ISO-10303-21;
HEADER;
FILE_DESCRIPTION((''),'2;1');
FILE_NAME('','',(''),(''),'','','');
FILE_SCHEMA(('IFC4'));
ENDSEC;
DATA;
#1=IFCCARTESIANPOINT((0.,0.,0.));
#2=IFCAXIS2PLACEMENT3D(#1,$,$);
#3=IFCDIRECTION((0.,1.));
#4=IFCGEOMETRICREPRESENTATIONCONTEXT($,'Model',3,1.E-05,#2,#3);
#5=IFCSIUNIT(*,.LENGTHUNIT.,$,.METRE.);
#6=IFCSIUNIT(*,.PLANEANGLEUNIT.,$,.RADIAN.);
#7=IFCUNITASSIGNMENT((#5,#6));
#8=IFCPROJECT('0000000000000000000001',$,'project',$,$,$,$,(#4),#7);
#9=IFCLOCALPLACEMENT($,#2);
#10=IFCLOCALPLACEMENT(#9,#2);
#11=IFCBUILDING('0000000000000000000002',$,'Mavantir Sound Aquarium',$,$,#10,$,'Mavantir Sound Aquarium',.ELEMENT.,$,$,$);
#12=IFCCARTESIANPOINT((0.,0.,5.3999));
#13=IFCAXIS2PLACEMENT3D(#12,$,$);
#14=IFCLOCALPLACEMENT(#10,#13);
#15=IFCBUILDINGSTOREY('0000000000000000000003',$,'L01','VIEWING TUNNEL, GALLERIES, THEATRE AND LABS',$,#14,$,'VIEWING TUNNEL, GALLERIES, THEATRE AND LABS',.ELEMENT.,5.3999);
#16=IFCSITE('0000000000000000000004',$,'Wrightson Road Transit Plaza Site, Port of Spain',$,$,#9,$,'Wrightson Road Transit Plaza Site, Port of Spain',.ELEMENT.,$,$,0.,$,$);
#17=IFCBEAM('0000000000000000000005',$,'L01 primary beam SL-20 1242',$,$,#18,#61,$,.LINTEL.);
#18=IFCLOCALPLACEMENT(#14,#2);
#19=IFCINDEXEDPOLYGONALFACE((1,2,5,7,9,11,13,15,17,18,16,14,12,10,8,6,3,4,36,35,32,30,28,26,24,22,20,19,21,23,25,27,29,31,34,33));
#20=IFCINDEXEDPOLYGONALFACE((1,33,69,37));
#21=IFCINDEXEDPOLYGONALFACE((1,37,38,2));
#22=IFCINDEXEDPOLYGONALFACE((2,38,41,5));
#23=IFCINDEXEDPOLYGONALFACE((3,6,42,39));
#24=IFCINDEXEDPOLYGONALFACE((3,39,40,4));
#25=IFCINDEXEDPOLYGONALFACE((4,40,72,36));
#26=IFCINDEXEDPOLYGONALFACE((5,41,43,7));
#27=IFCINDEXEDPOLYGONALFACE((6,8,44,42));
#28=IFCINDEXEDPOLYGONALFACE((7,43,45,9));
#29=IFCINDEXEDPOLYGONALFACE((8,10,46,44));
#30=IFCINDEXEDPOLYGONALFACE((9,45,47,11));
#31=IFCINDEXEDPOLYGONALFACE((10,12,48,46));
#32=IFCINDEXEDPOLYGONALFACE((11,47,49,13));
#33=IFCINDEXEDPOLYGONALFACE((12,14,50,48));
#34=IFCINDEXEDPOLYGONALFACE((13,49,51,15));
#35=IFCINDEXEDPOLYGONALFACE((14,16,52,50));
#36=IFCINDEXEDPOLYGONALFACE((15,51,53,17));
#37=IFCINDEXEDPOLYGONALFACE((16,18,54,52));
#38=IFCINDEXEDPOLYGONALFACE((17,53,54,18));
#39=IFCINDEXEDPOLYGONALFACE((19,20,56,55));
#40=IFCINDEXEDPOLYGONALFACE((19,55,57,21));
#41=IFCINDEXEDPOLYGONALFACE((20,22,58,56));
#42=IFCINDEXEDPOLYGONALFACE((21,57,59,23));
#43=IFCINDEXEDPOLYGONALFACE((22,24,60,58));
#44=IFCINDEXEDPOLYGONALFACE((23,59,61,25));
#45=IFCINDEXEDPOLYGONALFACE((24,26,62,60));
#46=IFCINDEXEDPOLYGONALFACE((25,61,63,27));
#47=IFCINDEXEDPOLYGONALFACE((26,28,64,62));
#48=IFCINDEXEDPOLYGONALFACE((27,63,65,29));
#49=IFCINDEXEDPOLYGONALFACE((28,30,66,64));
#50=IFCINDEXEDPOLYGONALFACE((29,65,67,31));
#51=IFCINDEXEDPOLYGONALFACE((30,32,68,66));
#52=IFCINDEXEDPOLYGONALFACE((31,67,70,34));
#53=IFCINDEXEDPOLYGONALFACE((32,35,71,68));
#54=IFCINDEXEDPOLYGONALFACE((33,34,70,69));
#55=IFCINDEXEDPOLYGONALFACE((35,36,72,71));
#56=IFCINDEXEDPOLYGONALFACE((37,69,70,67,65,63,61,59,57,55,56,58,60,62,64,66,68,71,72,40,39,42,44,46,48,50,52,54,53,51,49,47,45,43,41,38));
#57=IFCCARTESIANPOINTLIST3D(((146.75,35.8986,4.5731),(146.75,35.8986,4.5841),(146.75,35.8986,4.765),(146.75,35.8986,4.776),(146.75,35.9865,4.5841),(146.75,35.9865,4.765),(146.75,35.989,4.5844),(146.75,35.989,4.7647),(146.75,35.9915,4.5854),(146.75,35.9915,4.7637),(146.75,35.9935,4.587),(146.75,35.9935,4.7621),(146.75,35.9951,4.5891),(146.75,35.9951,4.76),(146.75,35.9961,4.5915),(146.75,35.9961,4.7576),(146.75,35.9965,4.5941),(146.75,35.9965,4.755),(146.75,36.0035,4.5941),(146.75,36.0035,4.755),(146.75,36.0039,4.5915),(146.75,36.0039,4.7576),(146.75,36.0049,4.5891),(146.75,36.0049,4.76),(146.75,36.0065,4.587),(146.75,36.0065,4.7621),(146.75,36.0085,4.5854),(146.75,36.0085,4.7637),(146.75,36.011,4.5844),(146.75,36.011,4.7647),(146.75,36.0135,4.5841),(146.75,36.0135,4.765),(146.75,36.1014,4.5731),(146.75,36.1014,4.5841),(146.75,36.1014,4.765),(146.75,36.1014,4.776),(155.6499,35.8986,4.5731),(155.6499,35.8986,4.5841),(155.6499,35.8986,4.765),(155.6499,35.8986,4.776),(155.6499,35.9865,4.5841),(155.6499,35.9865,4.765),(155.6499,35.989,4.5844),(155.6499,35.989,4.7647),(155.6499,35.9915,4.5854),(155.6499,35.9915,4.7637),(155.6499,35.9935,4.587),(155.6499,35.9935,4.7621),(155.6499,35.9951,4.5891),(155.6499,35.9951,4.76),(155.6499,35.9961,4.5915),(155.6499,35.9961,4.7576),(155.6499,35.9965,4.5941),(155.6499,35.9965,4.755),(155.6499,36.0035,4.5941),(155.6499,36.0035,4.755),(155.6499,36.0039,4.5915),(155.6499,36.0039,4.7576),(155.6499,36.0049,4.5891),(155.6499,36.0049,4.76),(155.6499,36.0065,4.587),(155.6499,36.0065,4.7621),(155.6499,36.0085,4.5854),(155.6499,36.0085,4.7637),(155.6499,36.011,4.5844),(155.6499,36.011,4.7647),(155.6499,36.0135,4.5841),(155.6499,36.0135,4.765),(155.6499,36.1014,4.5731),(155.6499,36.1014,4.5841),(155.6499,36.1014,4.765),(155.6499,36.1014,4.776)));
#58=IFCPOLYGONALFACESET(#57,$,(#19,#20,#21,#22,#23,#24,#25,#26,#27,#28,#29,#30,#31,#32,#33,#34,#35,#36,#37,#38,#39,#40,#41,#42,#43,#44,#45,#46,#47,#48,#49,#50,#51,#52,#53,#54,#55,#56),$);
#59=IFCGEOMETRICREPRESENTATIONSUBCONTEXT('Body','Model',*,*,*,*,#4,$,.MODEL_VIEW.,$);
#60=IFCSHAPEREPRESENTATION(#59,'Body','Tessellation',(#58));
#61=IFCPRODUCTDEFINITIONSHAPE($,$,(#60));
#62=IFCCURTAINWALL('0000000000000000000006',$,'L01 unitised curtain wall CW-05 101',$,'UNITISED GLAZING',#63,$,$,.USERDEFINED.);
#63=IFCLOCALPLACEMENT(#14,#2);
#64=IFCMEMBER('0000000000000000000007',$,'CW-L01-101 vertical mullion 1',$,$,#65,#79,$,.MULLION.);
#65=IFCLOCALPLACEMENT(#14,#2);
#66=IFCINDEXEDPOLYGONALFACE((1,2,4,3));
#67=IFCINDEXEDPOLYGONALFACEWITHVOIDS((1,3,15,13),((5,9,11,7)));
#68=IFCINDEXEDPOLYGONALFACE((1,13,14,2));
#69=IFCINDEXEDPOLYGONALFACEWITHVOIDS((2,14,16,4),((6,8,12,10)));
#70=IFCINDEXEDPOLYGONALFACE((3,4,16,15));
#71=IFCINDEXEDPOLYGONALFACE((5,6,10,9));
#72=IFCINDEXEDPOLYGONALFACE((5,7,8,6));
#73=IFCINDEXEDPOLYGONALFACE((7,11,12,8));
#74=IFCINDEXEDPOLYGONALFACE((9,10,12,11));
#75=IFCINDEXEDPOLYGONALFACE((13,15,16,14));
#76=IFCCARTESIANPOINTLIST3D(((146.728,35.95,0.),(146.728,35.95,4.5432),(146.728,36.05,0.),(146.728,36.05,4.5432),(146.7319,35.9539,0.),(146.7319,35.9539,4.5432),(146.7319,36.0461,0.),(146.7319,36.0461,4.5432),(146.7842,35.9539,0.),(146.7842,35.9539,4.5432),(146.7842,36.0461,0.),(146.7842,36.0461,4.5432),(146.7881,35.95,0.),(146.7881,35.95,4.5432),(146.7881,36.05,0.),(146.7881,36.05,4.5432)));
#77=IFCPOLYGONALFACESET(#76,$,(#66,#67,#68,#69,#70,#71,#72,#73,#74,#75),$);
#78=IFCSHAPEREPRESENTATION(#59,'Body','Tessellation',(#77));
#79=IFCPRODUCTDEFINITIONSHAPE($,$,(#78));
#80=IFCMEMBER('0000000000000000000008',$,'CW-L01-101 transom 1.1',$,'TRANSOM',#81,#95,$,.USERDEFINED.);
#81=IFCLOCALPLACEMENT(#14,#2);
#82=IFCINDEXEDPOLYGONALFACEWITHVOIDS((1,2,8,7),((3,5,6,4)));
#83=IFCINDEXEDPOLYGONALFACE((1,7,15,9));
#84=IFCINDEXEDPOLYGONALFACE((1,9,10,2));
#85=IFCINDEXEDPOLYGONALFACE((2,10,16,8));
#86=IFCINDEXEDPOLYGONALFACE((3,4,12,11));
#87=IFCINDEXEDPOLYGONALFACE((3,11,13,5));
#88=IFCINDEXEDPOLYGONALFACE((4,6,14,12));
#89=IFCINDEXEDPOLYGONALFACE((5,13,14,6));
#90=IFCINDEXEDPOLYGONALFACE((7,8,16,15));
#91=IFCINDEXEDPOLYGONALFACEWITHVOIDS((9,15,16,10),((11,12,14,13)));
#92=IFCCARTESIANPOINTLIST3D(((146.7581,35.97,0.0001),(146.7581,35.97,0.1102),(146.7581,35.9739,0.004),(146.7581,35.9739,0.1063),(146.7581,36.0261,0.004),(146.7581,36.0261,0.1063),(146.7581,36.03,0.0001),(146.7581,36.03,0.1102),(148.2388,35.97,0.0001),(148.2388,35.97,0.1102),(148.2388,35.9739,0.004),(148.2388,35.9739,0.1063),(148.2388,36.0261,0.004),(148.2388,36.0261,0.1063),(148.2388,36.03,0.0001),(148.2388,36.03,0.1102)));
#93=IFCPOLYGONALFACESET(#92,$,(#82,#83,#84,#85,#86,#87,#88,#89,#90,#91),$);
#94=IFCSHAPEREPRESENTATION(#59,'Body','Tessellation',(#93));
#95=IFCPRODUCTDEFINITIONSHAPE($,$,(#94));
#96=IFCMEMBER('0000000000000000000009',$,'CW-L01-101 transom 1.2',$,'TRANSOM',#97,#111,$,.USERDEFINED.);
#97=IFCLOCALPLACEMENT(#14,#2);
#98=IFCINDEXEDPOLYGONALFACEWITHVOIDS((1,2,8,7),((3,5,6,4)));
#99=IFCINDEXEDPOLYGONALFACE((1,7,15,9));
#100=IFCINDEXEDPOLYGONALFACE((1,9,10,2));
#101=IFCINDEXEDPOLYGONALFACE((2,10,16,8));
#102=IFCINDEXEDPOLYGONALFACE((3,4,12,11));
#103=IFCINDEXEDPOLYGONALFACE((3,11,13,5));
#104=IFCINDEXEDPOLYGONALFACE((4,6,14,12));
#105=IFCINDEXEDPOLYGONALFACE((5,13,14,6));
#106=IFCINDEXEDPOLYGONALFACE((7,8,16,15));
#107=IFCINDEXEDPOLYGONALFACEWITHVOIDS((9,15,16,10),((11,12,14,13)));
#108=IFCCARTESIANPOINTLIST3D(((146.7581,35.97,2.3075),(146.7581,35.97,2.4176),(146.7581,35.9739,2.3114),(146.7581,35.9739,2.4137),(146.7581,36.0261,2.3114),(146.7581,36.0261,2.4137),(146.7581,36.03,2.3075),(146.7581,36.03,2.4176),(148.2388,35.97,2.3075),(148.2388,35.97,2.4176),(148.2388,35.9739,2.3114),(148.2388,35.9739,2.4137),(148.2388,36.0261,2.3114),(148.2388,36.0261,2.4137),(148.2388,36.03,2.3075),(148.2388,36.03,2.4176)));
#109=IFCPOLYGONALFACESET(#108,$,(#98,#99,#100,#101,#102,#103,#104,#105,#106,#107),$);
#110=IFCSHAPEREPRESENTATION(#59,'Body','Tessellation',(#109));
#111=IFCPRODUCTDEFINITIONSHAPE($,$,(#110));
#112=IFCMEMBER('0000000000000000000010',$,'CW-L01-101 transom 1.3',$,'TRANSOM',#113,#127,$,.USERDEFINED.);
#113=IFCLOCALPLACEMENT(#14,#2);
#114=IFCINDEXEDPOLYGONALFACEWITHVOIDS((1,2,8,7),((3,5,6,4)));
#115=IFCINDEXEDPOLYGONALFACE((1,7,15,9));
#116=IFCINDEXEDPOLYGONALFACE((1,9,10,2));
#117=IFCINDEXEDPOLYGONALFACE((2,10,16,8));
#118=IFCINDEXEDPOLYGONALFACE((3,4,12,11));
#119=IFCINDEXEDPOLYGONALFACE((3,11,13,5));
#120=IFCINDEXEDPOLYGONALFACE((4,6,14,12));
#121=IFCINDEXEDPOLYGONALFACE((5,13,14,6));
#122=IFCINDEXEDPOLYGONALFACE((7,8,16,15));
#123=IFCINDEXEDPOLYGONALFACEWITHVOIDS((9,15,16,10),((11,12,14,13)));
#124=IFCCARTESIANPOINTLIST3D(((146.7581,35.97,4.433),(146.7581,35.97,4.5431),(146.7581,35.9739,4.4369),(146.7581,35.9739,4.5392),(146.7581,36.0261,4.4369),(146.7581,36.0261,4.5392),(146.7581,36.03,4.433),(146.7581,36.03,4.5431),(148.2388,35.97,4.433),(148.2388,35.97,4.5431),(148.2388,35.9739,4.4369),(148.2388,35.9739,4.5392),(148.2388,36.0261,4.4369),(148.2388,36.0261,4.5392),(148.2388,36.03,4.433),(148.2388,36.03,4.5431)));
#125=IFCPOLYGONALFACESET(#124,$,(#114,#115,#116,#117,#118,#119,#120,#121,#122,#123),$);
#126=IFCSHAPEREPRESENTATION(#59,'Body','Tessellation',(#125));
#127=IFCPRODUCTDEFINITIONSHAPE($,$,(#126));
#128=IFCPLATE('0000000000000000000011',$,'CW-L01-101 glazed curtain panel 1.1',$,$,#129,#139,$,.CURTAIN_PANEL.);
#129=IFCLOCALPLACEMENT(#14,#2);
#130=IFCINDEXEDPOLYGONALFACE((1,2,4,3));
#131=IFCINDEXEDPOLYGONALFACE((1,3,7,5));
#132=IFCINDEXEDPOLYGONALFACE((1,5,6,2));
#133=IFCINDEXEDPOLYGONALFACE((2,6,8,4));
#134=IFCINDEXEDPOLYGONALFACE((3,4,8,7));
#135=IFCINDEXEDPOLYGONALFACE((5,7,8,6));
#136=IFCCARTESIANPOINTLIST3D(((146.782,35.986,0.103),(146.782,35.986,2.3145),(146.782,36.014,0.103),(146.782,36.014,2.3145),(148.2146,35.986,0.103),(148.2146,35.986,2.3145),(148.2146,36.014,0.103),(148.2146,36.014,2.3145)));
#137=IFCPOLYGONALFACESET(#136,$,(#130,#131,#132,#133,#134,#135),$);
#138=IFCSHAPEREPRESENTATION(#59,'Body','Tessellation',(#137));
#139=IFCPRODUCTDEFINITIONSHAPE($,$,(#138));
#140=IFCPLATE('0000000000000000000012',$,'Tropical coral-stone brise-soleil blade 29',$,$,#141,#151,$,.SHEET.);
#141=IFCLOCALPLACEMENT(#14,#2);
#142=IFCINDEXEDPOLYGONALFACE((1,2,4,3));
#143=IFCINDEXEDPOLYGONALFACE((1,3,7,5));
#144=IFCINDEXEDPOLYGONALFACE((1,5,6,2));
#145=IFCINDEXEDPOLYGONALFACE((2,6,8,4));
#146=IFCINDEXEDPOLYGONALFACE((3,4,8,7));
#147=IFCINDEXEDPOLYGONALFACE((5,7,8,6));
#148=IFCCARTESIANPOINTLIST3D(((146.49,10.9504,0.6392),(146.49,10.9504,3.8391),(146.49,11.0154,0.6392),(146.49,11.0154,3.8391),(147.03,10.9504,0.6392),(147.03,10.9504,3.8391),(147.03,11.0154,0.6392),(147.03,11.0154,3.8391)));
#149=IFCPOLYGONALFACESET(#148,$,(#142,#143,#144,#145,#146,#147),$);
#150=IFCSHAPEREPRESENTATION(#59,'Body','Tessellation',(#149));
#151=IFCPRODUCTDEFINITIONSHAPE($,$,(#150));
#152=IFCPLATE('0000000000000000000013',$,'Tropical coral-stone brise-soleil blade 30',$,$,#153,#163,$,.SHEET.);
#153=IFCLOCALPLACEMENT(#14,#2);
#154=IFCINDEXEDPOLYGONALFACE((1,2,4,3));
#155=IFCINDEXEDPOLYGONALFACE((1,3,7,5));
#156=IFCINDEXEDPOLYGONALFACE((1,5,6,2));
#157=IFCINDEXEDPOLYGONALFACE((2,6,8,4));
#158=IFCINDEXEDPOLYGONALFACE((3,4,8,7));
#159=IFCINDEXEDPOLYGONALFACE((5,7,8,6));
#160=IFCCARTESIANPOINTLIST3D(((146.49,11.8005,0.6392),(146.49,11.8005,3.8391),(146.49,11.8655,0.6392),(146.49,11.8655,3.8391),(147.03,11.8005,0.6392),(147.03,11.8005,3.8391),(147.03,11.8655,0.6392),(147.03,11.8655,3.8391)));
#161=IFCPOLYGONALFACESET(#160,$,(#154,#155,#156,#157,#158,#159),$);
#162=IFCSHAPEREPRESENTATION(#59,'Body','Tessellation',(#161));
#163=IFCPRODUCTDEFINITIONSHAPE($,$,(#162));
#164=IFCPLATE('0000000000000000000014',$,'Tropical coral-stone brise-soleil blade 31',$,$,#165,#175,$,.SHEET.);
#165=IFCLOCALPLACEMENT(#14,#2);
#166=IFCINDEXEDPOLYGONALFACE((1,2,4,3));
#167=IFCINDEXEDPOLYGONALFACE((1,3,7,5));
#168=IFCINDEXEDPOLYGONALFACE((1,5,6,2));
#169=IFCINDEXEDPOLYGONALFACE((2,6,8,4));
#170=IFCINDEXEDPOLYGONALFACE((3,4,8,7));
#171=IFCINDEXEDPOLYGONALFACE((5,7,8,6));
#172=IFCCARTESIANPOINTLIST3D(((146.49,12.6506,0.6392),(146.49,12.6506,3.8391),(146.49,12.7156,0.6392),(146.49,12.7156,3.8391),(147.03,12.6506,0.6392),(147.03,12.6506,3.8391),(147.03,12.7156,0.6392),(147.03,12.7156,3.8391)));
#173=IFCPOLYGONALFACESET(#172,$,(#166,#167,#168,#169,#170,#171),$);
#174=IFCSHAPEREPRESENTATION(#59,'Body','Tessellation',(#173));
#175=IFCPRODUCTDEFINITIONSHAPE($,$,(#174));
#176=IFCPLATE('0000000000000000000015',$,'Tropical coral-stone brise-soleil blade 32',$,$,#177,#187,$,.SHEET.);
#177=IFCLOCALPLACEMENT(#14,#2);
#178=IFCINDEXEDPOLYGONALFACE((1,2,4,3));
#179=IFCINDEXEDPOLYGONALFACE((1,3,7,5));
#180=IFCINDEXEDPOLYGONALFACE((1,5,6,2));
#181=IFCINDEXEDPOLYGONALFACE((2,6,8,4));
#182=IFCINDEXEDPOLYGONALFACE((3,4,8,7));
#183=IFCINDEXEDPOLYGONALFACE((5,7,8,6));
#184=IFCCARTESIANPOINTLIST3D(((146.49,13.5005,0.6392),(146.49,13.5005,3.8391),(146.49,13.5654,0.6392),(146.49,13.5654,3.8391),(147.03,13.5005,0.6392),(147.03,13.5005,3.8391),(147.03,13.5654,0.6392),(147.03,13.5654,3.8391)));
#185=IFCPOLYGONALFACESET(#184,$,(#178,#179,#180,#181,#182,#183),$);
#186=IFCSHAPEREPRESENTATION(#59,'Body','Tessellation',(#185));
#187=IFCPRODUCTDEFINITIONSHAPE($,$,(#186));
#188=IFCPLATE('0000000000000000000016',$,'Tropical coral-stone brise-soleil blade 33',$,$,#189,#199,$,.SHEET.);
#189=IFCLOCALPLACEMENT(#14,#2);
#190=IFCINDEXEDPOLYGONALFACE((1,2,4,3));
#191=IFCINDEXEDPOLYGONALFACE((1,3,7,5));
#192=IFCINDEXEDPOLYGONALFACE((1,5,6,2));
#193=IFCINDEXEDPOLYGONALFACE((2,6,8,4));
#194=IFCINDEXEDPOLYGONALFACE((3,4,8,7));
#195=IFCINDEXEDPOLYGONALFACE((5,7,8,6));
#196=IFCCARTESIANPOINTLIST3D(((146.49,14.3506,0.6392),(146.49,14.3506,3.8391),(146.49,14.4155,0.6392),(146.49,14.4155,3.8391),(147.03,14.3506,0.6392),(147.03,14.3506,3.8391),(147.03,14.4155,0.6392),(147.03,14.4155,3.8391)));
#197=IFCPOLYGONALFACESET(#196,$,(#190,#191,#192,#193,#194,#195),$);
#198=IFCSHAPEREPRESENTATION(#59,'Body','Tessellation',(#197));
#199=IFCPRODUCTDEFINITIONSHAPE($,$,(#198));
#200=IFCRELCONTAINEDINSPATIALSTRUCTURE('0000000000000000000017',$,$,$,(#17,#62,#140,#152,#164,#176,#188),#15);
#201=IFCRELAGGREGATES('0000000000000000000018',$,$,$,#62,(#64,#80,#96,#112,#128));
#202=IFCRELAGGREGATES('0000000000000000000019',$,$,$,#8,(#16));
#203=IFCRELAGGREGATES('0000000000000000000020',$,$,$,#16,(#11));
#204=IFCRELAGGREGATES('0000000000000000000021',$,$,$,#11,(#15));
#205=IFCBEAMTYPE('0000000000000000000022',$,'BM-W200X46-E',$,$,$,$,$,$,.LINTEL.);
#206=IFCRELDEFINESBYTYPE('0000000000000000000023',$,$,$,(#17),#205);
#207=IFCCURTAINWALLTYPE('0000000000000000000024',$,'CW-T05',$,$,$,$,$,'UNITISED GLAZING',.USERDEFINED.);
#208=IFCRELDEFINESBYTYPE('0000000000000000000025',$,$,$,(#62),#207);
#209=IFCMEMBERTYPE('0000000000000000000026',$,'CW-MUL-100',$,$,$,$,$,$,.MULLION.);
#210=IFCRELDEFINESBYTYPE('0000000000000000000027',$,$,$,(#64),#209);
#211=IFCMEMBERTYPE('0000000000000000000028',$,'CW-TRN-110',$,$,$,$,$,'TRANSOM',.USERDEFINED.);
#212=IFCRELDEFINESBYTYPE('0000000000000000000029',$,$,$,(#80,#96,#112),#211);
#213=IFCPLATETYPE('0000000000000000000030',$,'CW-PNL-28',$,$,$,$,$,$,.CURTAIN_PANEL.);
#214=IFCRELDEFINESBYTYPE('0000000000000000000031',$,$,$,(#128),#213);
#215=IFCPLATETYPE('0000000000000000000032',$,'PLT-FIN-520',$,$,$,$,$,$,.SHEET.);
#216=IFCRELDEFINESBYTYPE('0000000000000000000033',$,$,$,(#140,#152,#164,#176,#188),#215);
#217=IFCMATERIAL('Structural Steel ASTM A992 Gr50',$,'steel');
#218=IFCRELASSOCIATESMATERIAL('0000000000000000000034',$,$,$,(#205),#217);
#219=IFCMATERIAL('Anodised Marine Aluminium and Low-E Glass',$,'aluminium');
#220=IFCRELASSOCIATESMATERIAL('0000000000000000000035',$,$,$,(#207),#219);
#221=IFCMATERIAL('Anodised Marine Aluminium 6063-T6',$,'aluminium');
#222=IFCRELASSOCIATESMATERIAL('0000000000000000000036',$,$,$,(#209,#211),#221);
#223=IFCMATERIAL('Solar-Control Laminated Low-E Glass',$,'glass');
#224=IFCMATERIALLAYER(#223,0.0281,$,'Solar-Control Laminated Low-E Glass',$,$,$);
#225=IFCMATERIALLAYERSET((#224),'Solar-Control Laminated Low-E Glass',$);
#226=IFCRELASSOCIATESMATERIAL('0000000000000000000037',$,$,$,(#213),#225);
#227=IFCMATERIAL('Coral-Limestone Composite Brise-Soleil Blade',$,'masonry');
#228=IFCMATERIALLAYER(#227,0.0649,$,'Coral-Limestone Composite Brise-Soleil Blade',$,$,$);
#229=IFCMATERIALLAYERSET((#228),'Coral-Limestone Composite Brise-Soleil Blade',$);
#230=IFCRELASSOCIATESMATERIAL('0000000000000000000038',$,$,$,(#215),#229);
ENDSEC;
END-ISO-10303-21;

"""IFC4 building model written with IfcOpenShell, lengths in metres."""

from ifc_helpers import new_model, si_unit, direction, frame, origin, origin_2d, place, context, subcontext, project, spatial, rectangle, hollow_rectangle, i_section, extrude, material, layer, layer_set, material_profile, profile_set, type_object, element, aggregate, save


model = new_model("IFC4")

# Units and contexts
model_context = context("Model", 3, precision=1e-05, world=origin(), true_north=direction((0.0, 1.0)))
body_context = subcontext(model_context, "Body", "Model", "MODEL_VIEW")
ifc_project = project(units=[si_unit("LENGTHUNIT", "METRE"), si_unit("PLANEANGLEUNIT", "RADIAN")], contexts=[model_context])

# Site, building, storey
site_placement = place(None, origin())
site = spatial("IfcSite", under=ifc_project, at=site_placement, Name="Wrightson Road Transit Plaza Site, Port of Spain", LongName="Wrightson Road Transit Plaza Site, Port of Spain", CompositionType="ELEMENT", RefElevation=0.0)
building_placement = place(site_placement, origin())
building = spatial("IfcBuilding", under=site, at=building_placement, Name="Mavantir Sound Aquarium", LongName="Mavantir Sound Aquarium", CompositionType="ELEMENT")
storey_placement = place(building_placement, frame((0.0, 0.0, 5.3999)))
storey = spatial("IfcBuildingStorey", under=building, at=storey_placement, Name="L01", Description="VIEWING TUNNEL, GALLERIES, THEATRE AND LABS", LongName="VIEWING TUNNEL, GALLERIES, THEATRE AND LABS", CompositionType="ELEMENT", Elevation=5.3999)

# Beam
ifc_material_1 = material(Name="Structural Steel ASTM A992 Gr50", Category="steel")
ifc_material_profile_1 = material_profile(ifc_material_1, i_section(OverallWidth=0.2029, OverallDepth=0.2029, WebThickness=0.0071, FlangeThickness=0.011, FilletRadius=0.01, at=origin_2d()), Name="W200X46")
ifc_profile_set_1 = profile_set([ifc_material_profile_1], Name="Structural Steel ASTM A992 Gr50")
beam_type = type_object("IfcBeamType", Name="BM-W200X46-E", PredefinedType="LINTEL", material=ifc_profile_set_1)
beam_placement = place(storey_placement, frame((146.75, 36.0, 4.6746), z_axis=(1.0, 0.0, 0.0), x_axis=(0.0, 1.0, 0.0)))
element("IfcBeam", 1, at=beam_placement, inside=storey, type_object=beam_type, Name="L01 primary beam SL-20 1242", PredefinedType="LINTEL", context=body_context, shape_type="SweptSolid", body=[
    extrude(i_section(OverallWidth=0.2029, OverallDepth=0.2029, WebThickness=0.0071, FlangeThickness=0.011, FilletRadius=0.01, at=origin_2d()), origin(), (0.0, 0.0, 1.0), 8.8999),
])

# Curtain wall, members, plate
ifc_material_2 = material(Name="Anodised Marine Aluminium and Low-E Glass", Category="aluminium")
curtain_wall_type = type_object("IfcCurtainWallType", Name="CW-T05", ElementType="UNITISED GLAZING", PredefinedType="USERDEFINED", material=ifc_material_2)
curtain_wall_placement = place(storey_placement, origin())
curtain_wall = element("IfcCurtainWall", 2, at=curtain_wall_placement, inside=storey, type_object=curtain_wall_type, Name="L01 unitised curtain wall CW-05 101", ObjectType="UNITISED GLAZING", PredefinedType="USERDEFINED")
ifc_material_3 = material(Name="Anodised Marine Aluminium 6063-T6", Category="aluminium")
ifc_material_profile_2 = material_profile(ifc_material_3, hollow_rectangle(XDim=0.0601, YDim=0.1001, WallThickness=0.0039, at=origin_2d()), Name="ALU-MULLION-100X60")
ifc_profile_set_2 = profile_set([ifc_material_profile_2], Name="Anodised Marine Aluminium 6063-T6")
member_type_1 = type_object("IfcMemberType", Name="CW-MUL-100", PredefinedType="MULLION", material=ifc_profile_set_2)
member_1_placement = place(storey_placement, frame((146.7581, 36.0, 0.0), z_axis=(0.0, 0.0, 1.0), x_axis=(1.0, 0.0, 0.0)))
member_1 = element("IfcMember", 3, at=member_1_placement, type_object=member_type_1, Name="CW-L01-101 vertical mullion 1", PredefinedType="MULLION", context=body_context, shape_type="SweptSolid", body=[
    extrude(hollow_rectangle(XDim=0.0601, YDim=0.1001, WallThickness=0.0039, at=origin_2d()), origin(), (0.0, 0.0, 1.0), 4.5432),
])
ifc_material_profile_3 = material_profile(ifc_material_3, hollow_rectangle(XDim=0.0601, YDim=0.1101, WallThickness=0.0039, at=origin_2d()), Name="ALU-TRANSOM-110X60")
ifc_profile_set_3 = profile_set([ifc_material_profile_3], Name="Anodised Marine Aluminium 6063-T6")
member_type_2 = type_object("IfcMemberType", Name="CW-TRN-110", ElementType="TRANSOM", PredefinedType="USERDEFINED", material=ifc_profile_set_3)
member_2_placement = place(storey_placement, frame((146.7581, 36.0, 0.0552), z_axis=(1.0, 0.0, 0.0), x_axis=(0.0, 1.0, 0.0)))
member_2 = element("IfcMember", 4, at=member_2_placement, type_object=member_type_2, Name="CW-L01-101 transom 1.1", ObjectType="TRANSOM", PredefinedType="USERDEFINED", context=body_context, shape_type="SweptSolid", body=[
    extrude(hollow_rectangle(XDim=0.0601, YDim=0.1101, WallThickness=0.0039, at=origin_2d()), origin(), (0.0, 0.0, 1.0), 1.4807),
])
member_3_placement = place(storey_placement, frame((146.7581, 36.0, 2.3625), z_axis=(1.0, 0.0, 0.0), x_axis=(0.0, 1.0, 0.0)))
member_3 = element("IfcMember", 5, at=member_3_placement, type_object=member_type_2, Name="CW-L01-101 transom 1.2", ObjectType="TRANSOM", PredefinedType="USERDEFINED", context=body_context, shape_type="SweptSolid", body=[
    extrude(hollow_rectangle(XDim=0.0601, YDim=0.1101, WallThickness=0.0039, at=origin_2d()), origin(), (0.0, 0.0, 1.0), 1.4807),
])
member_4_placement = place(storey_placement, frame((146.7581, 36.0, 4.488), z_axis=(1.0, 0.0, 0.0), x_axis=(0.0, 1.0, 0.0)))
member_4 = element("IfcMember", 6, at=member_4_placement, type_object=member_type_2, Name="CW-L01-101 transom 1.3", ObjectType="TRANSOM", PredefinedType="USERDEFINED", context=body_context, shape_type="SweptSolid", body=[
    extrude(hollow_rectangle(XDim=0.0601, YDim=0.1101, WallThickness=0.0039, at=origin_2d()), origin(), (0.0, 0.0, 1.0), 1.4807),
])
ifc_material_4 = material(Name="Solar-Control Laminated Low-E Glass", Category="glass")
ifc_layer_1 = layer(ifc_material_4, 0.0281, Name="Solar-Control Laminated Low-E Glass")
ifc_layer_set_1 = layer_set([ifc_layer_1], Name="Solar-Control Laminated Low-E Glass")
plate_type_1 = type_object("IfcPlateType", Name="CW-PNL-28", PredefinedType="CURTAIN_PANEL", material=ifc_layer_set_1)
plate_placement = place(storey_placement, frame((147.4983, 36.0, 0.103), z_axis=(0.0, 0.0, 1.0), x_axis=(1.0, 0.0, 0.0)))
plate = element("IfcPlate", 7, at=plate_placement, type_object=plate_type_1, Name="CW-L01-101 glazed curtain panel 1.1", PredefinedType="CURTAIN_PANEL", context=body_context, shape_type="SweptSolid", body=[
    extrude(rectangle(XDim=1.4326, YDim=0.0281, at=origin_2d()), origin(), (0.0, 0.0, 1.0), 2.2114),
])
aggregate(curtain_wall, [member_1, member_2, member_3, member_4, plate])

# Plates
ifc_material_5 = material(Name="Coral-Limestone Composite Brise-Soleil Blade", Category="masonry")
ifc_layer_2 = layer(ifc_material_5, 0.0649, Name="Coral-Limestone Composite Brise-Soleil Blade")
ifc_layer_set_2 = layer_set([ifc_layer_2], Name="Coral-Limestone Composite Brise-Soleil Blade")
plate_type_2 = type_object("IfcPlateType", Name="PLT-FIN-520", PredefinedType="SHEET", material=ifc_layer_set_2)
for number, where, z_axis, x_axis, name in (
    (8, (146.76, 10.9829, 0.6392), (0.0, 0.0, 1.0), (0.0, -1.0, 0.0), "Tropical coral-stone brise-soleil blade 29"),
    (9, (146.76, 11.833, 0.6392), (0.0, 0.0, 1.0), (0.0, -1.0, 0.0), "Tropical coral-stone brise-soleil blade 30"),
    (10, (146.76, 12.6831, 0.6392), (0.0, 0.0, 1.0), (0.0, -1.0, 0.0), "Tropical coral-stone brise-soleil blade 31"),
    (11, (146.76, 13.533, 0.6392), (0.0, 0.0, 1.0), (0.0, -1.0, 0.0), "Tropical coral-stone brise-soleil blade 32"),
    (12, (146.76, 14.3831, 0.6392), (0.0, 0.0, 1.0), (0.0, -1.0, 0.0), "Tropical coral-stone brise-soleil blade 33"),
):
    element("IfcPlate", number, at=place(storey_placement, frame(where, z_axis=z_axis, x_axis=x_axis)), inside=storey, type_object=plate_type_2, Name=name, PredefinedType="SHEET", context=body_context, shape_type="SweptSolid", body=[
        extrude(rectangle(XDim=0.0649, YDim=0.54, at=origin_2d()), origin(), (0.0, 0.0, 1.0), 3.2),
    ])

save(model, "model.ifc")
